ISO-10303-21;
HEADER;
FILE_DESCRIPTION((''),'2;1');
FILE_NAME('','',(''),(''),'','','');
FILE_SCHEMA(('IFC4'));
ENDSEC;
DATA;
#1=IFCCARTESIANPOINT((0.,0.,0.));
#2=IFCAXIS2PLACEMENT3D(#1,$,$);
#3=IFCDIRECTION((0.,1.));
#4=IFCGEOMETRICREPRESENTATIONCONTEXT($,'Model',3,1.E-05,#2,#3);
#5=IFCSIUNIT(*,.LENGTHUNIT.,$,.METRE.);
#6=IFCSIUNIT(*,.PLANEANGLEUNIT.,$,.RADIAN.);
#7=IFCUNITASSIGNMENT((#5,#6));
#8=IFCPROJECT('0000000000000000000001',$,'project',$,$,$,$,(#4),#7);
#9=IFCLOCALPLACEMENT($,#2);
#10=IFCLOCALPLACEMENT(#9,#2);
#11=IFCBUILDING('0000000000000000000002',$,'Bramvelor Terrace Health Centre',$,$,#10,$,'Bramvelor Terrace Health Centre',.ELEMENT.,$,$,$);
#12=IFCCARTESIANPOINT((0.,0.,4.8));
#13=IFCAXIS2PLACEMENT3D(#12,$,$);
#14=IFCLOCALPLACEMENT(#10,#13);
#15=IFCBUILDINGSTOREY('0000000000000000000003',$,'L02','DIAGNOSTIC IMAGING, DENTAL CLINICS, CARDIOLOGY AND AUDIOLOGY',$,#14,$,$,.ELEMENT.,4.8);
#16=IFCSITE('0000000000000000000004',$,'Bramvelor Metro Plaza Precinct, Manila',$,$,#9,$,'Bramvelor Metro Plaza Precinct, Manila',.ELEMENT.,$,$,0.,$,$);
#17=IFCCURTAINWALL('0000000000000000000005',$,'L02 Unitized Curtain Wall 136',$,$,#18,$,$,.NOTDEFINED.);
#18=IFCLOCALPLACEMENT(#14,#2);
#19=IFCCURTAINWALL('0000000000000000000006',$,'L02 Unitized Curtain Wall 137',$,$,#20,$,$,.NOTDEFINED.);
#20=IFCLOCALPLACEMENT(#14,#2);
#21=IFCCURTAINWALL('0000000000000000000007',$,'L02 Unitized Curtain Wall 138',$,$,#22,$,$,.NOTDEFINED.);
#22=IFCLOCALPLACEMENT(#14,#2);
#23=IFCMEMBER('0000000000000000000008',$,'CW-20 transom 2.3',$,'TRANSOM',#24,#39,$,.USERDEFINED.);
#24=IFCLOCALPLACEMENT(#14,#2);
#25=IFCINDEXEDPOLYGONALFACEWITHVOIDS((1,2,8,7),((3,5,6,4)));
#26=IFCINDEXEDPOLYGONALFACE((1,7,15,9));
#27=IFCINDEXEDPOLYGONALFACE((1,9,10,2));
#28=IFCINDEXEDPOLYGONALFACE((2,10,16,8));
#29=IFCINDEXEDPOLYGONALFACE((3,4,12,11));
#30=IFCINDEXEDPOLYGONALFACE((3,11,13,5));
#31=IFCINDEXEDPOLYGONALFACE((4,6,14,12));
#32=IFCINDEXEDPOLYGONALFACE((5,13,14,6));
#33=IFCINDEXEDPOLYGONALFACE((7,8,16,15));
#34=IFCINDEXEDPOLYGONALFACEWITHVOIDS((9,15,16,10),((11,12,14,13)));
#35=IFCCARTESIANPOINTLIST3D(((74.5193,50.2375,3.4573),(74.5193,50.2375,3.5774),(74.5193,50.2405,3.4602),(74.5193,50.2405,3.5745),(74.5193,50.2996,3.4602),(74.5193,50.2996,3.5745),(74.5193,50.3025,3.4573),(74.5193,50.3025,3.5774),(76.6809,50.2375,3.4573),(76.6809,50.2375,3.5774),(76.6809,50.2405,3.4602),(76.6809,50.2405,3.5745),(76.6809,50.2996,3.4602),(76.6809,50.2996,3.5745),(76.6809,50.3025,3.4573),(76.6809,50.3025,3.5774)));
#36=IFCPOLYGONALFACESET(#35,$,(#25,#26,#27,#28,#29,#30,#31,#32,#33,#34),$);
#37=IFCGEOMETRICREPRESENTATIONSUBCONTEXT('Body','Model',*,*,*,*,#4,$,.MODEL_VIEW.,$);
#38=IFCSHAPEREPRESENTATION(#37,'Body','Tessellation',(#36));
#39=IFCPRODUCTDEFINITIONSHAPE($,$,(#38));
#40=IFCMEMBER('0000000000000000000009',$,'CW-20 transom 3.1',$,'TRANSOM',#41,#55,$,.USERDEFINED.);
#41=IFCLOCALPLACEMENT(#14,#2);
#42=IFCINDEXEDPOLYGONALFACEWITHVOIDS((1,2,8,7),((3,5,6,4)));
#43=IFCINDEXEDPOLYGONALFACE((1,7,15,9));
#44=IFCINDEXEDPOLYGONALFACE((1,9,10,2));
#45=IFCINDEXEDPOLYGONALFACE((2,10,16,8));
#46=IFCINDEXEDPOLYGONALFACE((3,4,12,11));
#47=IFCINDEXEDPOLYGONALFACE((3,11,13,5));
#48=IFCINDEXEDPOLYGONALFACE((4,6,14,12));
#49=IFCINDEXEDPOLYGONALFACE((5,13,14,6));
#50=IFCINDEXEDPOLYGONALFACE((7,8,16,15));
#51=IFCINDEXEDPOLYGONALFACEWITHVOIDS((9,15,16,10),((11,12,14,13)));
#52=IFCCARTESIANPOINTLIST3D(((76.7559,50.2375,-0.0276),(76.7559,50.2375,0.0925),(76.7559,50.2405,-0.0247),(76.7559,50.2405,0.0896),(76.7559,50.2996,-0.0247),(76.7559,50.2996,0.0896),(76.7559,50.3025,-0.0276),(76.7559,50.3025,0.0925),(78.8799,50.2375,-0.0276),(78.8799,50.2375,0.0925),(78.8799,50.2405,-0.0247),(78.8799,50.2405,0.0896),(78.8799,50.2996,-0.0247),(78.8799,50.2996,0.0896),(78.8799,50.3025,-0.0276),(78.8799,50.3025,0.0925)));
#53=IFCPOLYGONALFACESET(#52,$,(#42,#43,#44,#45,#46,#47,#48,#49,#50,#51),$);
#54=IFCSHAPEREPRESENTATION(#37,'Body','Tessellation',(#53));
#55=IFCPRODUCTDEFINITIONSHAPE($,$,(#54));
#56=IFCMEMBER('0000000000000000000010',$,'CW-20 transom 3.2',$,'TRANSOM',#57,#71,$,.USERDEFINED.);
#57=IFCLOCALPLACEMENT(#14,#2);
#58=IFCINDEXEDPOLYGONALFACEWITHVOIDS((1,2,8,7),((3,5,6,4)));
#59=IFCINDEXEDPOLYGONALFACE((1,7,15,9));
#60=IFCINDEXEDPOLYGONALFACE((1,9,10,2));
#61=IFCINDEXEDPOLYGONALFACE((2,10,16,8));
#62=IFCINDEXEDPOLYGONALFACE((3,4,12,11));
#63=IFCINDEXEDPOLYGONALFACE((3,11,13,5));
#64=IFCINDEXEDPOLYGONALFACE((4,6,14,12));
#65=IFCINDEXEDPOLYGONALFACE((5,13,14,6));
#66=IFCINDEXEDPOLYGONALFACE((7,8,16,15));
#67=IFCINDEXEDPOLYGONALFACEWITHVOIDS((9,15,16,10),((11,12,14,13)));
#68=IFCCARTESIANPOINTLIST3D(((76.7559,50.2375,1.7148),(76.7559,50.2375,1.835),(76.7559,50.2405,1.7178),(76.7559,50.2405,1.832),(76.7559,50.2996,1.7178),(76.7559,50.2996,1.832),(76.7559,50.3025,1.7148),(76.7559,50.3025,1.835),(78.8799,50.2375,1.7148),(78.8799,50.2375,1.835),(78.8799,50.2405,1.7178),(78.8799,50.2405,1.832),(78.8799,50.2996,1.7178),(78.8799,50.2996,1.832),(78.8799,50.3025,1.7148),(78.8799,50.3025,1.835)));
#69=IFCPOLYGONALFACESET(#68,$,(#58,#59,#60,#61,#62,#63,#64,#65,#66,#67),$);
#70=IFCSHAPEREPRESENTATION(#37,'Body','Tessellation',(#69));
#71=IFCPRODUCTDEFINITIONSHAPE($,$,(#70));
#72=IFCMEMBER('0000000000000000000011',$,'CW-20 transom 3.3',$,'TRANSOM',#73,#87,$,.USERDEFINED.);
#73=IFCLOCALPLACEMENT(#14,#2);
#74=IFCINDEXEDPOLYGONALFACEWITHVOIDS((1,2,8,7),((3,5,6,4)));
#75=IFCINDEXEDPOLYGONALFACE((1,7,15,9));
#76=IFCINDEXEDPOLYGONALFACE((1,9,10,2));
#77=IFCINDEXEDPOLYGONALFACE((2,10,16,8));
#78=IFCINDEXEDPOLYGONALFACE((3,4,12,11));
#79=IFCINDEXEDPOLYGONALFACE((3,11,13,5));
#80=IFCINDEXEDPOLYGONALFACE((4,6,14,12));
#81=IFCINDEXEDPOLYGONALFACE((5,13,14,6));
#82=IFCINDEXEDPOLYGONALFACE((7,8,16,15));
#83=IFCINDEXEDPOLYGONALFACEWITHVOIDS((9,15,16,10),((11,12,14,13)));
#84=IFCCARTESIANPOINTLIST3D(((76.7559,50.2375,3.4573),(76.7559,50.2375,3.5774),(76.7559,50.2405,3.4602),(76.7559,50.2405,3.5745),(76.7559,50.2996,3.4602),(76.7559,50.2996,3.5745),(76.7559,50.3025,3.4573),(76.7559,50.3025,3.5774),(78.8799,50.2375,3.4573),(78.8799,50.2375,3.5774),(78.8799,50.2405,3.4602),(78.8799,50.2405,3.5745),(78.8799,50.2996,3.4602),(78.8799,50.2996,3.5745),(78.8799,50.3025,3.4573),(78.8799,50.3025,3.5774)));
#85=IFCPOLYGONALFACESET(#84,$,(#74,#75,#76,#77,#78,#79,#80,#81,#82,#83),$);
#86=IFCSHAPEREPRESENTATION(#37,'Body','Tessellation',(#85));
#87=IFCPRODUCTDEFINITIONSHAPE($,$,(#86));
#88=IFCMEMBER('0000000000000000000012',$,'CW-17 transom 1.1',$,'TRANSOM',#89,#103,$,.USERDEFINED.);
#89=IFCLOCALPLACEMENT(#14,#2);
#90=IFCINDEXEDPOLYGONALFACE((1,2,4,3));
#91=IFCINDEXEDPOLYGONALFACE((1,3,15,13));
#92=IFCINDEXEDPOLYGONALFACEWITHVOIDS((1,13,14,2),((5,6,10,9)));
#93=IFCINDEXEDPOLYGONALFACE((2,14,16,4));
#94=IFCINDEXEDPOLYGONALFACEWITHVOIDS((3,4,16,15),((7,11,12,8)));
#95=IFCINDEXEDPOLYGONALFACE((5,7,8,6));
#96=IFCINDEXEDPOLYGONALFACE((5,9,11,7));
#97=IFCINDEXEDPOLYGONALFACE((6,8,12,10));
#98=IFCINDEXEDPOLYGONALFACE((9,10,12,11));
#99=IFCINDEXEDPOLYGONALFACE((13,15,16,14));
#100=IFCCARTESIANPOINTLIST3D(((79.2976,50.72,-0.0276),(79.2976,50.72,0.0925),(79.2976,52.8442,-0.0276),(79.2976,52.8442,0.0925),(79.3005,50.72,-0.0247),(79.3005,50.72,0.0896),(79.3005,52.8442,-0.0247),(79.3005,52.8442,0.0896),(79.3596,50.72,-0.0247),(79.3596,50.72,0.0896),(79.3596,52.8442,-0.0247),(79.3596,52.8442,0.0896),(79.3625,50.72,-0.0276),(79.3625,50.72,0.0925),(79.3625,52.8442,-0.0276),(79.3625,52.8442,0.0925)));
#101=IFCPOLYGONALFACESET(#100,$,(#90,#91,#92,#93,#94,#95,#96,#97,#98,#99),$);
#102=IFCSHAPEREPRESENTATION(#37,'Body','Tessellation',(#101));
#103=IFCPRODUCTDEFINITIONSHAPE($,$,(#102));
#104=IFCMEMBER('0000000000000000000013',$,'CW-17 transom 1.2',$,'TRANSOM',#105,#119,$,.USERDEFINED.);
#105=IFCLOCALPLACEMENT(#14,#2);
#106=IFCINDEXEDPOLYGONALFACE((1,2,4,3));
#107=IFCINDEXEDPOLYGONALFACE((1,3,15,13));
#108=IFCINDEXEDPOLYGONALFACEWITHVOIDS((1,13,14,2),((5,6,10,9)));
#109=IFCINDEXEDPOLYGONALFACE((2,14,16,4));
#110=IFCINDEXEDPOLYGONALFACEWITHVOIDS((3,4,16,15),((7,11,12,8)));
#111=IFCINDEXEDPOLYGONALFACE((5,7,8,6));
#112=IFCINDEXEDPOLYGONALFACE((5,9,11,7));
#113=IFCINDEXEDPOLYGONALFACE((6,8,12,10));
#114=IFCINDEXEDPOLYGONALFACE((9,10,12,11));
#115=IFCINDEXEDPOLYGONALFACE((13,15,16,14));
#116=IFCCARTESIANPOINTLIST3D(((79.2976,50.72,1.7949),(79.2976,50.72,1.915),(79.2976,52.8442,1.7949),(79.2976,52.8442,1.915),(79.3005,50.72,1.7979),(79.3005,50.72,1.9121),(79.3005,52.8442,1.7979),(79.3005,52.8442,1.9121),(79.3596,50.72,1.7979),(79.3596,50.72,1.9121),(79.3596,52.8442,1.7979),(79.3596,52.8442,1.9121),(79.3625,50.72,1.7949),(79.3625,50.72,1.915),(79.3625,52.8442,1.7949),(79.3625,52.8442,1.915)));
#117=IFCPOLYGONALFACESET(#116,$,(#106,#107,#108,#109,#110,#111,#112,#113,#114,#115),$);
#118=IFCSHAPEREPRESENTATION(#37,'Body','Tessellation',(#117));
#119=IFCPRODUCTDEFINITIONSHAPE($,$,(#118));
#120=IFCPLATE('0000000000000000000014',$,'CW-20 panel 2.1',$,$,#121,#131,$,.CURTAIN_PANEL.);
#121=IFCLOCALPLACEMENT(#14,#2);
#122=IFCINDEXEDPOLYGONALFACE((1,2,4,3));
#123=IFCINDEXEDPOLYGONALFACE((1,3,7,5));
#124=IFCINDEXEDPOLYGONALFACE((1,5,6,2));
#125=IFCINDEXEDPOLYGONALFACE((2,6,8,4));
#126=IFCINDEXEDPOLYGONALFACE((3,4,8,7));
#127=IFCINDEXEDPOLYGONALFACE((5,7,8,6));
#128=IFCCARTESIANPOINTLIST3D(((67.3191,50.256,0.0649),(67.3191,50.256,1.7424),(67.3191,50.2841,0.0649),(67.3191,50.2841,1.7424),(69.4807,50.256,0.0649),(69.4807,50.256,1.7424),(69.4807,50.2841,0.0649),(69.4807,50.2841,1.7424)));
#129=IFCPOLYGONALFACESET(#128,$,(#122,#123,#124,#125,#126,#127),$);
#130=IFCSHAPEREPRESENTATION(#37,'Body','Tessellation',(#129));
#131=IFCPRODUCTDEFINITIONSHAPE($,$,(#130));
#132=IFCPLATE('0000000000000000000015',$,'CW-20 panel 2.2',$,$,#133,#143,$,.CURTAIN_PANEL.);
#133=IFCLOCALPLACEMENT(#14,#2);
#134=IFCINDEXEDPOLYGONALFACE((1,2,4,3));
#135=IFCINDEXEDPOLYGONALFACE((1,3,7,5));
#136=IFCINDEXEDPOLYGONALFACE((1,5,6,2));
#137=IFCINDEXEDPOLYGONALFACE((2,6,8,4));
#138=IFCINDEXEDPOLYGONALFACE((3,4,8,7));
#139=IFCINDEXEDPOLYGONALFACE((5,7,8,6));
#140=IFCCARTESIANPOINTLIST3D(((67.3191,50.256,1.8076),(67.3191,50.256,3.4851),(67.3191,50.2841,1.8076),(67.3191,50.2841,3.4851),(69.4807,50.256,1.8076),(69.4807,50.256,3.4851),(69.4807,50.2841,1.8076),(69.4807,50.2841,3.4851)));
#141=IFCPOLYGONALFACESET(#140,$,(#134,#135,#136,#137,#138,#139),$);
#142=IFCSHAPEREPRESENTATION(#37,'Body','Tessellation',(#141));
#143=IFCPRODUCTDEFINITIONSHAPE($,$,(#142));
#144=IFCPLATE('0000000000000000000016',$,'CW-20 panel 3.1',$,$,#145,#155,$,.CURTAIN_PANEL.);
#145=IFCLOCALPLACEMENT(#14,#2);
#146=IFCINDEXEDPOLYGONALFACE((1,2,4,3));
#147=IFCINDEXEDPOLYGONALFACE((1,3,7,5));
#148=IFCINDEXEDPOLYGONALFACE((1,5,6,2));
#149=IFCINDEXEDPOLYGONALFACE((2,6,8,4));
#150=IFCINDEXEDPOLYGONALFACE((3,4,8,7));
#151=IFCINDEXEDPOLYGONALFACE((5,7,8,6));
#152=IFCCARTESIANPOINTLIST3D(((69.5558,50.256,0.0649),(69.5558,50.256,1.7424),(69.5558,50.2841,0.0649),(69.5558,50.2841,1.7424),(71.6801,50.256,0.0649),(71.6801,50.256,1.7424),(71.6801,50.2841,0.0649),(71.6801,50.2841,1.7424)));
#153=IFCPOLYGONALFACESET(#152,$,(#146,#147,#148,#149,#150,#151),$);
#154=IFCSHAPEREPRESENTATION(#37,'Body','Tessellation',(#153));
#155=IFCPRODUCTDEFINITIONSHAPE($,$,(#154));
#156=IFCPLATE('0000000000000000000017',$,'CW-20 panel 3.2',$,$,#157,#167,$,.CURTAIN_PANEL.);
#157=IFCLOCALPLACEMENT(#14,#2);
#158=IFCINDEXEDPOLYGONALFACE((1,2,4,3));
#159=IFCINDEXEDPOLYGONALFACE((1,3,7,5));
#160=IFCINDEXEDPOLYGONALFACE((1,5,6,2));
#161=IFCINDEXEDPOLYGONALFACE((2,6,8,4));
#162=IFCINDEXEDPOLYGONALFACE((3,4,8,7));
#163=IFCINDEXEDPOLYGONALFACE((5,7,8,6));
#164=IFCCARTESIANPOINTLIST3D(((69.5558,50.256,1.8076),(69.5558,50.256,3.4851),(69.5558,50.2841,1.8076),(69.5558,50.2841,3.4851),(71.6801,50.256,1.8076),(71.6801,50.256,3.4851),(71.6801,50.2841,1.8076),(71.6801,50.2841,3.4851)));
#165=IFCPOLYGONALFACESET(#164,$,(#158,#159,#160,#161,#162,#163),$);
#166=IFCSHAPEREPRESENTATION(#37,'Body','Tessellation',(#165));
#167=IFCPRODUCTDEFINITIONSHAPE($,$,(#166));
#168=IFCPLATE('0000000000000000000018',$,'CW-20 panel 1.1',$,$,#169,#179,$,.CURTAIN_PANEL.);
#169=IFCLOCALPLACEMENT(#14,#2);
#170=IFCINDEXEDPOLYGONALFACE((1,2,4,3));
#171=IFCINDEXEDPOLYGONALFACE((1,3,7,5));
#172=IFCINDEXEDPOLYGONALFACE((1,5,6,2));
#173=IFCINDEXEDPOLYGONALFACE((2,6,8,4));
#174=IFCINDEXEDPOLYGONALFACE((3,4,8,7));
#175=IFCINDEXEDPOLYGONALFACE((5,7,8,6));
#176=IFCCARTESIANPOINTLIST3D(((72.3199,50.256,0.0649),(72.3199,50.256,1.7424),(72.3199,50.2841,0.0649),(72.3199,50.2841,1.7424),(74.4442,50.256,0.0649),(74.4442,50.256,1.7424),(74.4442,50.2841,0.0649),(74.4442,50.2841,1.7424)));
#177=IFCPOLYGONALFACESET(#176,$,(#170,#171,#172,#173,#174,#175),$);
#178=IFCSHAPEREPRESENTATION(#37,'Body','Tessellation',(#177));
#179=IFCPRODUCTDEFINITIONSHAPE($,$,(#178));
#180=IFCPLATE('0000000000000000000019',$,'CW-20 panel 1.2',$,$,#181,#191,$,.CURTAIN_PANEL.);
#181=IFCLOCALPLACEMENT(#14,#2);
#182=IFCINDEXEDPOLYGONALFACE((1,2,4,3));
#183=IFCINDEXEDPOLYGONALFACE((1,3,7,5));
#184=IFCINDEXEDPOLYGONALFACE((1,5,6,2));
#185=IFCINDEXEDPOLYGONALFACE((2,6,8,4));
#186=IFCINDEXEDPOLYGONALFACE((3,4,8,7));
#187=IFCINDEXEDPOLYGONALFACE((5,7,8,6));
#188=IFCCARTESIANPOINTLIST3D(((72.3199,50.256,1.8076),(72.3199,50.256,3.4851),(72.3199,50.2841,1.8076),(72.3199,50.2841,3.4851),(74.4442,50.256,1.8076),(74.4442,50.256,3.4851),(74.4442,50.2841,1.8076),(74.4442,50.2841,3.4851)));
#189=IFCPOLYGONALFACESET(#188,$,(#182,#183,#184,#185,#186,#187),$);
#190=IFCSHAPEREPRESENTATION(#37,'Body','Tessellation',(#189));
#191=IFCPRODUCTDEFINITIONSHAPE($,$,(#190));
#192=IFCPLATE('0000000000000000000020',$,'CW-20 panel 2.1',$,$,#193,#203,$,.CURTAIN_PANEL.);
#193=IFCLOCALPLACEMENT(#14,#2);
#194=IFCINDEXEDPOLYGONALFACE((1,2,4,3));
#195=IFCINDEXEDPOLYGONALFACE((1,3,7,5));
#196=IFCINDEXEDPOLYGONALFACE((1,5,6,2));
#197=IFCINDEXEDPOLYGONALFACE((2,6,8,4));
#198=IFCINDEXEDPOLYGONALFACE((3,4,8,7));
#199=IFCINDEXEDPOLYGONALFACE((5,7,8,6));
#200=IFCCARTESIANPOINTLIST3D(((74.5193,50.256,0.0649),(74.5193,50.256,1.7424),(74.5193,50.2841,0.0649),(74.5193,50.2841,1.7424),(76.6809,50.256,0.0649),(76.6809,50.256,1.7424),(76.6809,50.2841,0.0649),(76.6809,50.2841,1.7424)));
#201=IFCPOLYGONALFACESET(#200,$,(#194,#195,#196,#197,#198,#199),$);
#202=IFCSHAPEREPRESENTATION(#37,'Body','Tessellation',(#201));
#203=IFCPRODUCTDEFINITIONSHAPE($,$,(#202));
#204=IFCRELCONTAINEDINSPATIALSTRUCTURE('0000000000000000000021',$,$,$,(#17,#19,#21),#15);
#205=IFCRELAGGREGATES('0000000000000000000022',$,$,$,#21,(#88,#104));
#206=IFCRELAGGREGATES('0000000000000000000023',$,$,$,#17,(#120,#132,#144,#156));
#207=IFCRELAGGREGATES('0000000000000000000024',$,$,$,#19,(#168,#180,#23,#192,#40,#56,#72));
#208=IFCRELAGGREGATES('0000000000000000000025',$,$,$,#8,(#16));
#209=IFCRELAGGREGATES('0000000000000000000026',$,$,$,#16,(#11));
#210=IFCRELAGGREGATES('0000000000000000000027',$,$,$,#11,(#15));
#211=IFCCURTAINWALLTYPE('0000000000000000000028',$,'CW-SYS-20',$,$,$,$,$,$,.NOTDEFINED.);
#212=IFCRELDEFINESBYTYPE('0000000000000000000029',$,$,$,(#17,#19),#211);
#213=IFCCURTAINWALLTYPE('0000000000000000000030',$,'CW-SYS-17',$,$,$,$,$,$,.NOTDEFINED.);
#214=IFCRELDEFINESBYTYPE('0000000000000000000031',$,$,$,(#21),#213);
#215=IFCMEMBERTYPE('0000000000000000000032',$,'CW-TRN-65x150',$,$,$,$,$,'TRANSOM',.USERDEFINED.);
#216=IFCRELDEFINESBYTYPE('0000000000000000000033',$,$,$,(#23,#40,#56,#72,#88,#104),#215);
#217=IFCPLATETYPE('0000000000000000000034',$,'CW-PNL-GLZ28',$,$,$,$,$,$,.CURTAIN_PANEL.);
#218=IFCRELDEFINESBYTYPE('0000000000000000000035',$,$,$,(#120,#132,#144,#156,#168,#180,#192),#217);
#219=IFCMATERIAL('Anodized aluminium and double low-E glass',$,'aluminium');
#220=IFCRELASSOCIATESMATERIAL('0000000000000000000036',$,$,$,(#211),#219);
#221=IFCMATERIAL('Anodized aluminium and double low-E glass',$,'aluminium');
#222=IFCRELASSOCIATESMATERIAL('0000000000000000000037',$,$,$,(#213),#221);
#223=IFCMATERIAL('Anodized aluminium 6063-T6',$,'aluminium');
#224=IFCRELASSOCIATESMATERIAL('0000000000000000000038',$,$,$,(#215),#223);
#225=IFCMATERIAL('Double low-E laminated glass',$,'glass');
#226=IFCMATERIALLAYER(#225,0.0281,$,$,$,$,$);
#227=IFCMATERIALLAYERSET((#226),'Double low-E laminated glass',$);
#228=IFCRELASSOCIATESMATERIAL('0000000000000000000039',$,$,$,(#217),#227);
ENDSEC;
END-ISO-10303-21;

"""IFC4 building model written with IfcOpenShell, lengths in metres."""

from ifc_helpers import new_model, si_unit, direction, frame, origin, origin_2d, place, context, subcontext, project, spatial, rectangle, hollow_rectangle, extrude, material, layer, layer_set, material_profile, profile_set, type_object, element, aggregate, save


model = new_model("IFC4")

# Units and contexts
model_context = context("Model", 3, precision=1e-05, world=origin(), true_north=direction((0.0, 1.0)))
body_context = subcontext(model_context, "Body", "Model", "MODEL_VIEW")
ifc_project = project(units=[si_unit("LENGTHUNIT", "METRE"), si_unit("PLANEANGLEUNIT", "RADIAN")], contexts=[model_context])

# Site, building, storey
site_placement = place(None, origin())
site = spatial("IfcSite", under=ifc_project, at=site_placement, Name="Bramvelor Metro Plaza Precinct, Manila", LongName="Bramvelor Metro Plaza Precinct, Manila", CompositionType="ELEMENT", RefElevation=0.0)
building_placement = place(site_placement, origin())
building = spatial("IfcBuilding", under=site, at=building_placement, Name="Bramvelor Terrace Health Centre", LongName="Bramvelor Terrace Health Centre", CompositionType="ELEMENT")
storey_placement = place(building_placement, frame((0.0, 0.0, 4.8)))
storey = spatial("IfcBuildingStorey", under=building, at=storey_placement, Name="L02", Description="DIAGNOSTIC IMAGING, DENTAL CLINICS, CARDIOLOGY AND AUDIOLOGY", CompositionType="ELEMENT", Elevation=4.8)

# Curtain walls
ifc_material_1 = material(Name="Anodized aluminium and double low-E glass", Category="aluminium")
curtain_wall_type_1 = type_object("IfcCurtainWallType", Name="CW-SYS-20", PredefinedType="NOTDEFINED", material=ifc_material_1)
curtain_wall_1_placement = place(storey_placement, origin())
curtain_wall_1 = element("IfcCurtainWall", 1, at=curtain_wall_1_placement, inside=storey, type_object=curtain_wall_type_1, Name="L02 Unitized Curtain Wall 136", PredefinedType="NOTDEFINED")
curtain_wall_2_placement = place(storey_placement, origin())
curtain_wall_2 = element("IfcCurtainWall", 2, at=curtain_wall_2_placement, inside=storey, type_object=curtain_wall_type_1, Name="L02 Unitized Curtain Wall 137", PredefinedType="NOTDEFINED")

# Curtain wall
ifc_material_2 = material(Name="Anodized aluminium and double low-E glass", Category="aluminium")
curtain_wall_type_2 = type_object("IfcCurtainWallType", Name="CW-SYS-17", PredefinedType="NOTDEFINED", material=ifc_material_2)
curtain_wall_3_placement = place(storey_placement, origin())
curtain_wall_3 = element("IfcCurtainWall", 3, at=curtain_wall_3_placement, inside=storey, type_object=curtain_wall_type_2, Name="L02 Unitized Curtain Wall 138", PredefinedType="NOTDEFINED")

# Members
ifc_material_3 = material(Name="Anodized aluminium 6063-T6", Category="aluminium")
ifc_material_profile_1 = material_profile(ifc_material_3, hollow_rectangle(XDim=0.0649, YDim=0.1201, WallThickness=0.0029, at=origin_2d()), Name="ALU-TRN 65x120x3.0")
ifc_profile_set_1 = profile_set([ifc_material_profile_1], Name="Anodized aluminium 6063-T6")
member_type_1 = type_object("IfcMemberType", Name="CW-TRN-65x150", ElementType="TRANSOM", PredefinedType="USERDEFINED", material=ifc_profile_set_1)
member_1_placement = place(storey_placement, frame((74.5193, 50.27, 3.5173), z_axis=(1.0, 0.0, 0.0), x_axis=(0.0, 1.0, 0.0)))
member_1 = element("IfcMember", 4, at=member_1_placement, type_object=member_type_1, Name="CW-20 transom 2.3", ObjectType="TRANSOM", PredefinedType="USERDEFINED", context=body_context, shape_type="SweptSolid", body=[
    extrude(hollow_rectangle(XDim=0.0649, YDim=0.1201, WallThickness=0.0029, at=origin_2d()), origin(), (0.0, 0.0, 1.0), 2.1616),
])
member_2_placement = place(storey_placement, frame((76.7559, 50.27, 0.0325), z_axis=(1.0, 0.0, 0.0), x_axis=(0.0, 1.0, 0.0)))
member_2 = element("IfcMember", 5, at=member_2_placement, type_object=member_type_1, Name="CW-20 transom 3.1", ObjectType="TRANSOM", PredefinedType="USERDEFINED", context=body_context, shape_type="SweptSolid", body=[
    extrude(hollow_rectangle(XDim=0.0649, YDim=0.1201, WallThickness=0.0029, at=origin_2d()), origin(), (0.0, 0.0, 1.0), 2.124),
])
member_3_placement = place(storey_placement, frame((76.7559, 50.27, 1.7749), z_axis=(1.0, 0.0, 0.0), x_axis=(0.0, 1.0, 0.0)))
member_3 = element("IfcMember", 6, at=member_3_placement, type_object=member_type_1, Name="CW-20 transom 3.2", ObjectType="TRANSOM", PredefinedType="USERDEFINED", context=body_context, shape_type="SweptSolid", body=[
    extrude(hollow_rectangle(XDim=0.0649, YDim=0.1201, WallThickness=0.0029, at=origin_2d()), origin(), (0.0, 0.0, 1.0), 2.124),
])
member_4_placement = place(storey_placement, frame((76.7559, 50.27, 3.5173), z_axis=(1.0, 0.0, 0.0), x_axis=(0.0, 1.0, 0.0)))
member_4 = element("IfcMember", 7, at=member_4_placement, type_object=member_type_1, Name="CW-20 transom 3.3", ObjectType="TRANSOM", PredefinedType="USERDEFINED", context=body_context, shape_type="SweptSolid", body=[
    extrude(hollow_rectangle(XDim=0.0649, YDim=0.1201, WallThickness=0.0029, at=origin_2d()), origin(), (0.0, 0.0, 1.0), 2.124),
])
member_5_placement = place(storey_placement, frame((79.3301, 50.72, 0.0325), z_axis=(0.0, 1.0, 0.0), x_axis=(-1.0, 0.0, 0.0)))
member_5 = element("IfcMember", 8, at=member_5_placement, type_object=member_type_1, Name="CW-17 transom 1.1", ObjectType="TRANSOM", PredefinedType="USERDEFINED", context=body_context, shape_type="SweptSolid", body=[
    extrude(hollow_rectangle(XDim=0.0649, YDim=0.1201, WallThickness=0.0029, at=origin_2d()), origin(), (0.0, 0.0, 1.0), 2.1243),
])
member_6_placement = place(storey_placement, frame((79.3301, 50.72, 1.855), z_axis=(0.0, 1.0, 0.0), x_axis=(-1.0, 0.0, 0.0)))
member_6 = element("IfcMember", 9, at=member_6_placement, type_object=member_type_1, Name="CW-17 transom 1.2", ObjectType="TRANSOM", PredefinedType="USERDEFINED", context=body_context, shape_type="SweptSolid", body=[
    extrude(hollow_rectangle(XDim=0.0649, YDim=0.1201, WallThickness=0.0029, at=origin_2d()), origin(), (0.0, 0.0, 1.0), 2.1243),
])
aggregate(curtain_wall_3, [member_5, member_6])

# Plates
ifc_material_4 = material(Name="Double low-E laminated glass", Category="glass")
ifc_layer = layer(ifc_material_4, 0.0281)
ifc_layer_set = layer_set([ifc_layer], Name="Double low-E laminated glass")
plate_type = type_object("IfcPlateType", Name="CW-PNL-GLZ28", PredefinedType="CURTAIN_PANEL", material=ifc_layer_set)
plate_1_placement = place(storey_placement, frame((68.3999, 50.27, 0.0649), z_axis=(0.0, 0.0, 1.0), x_axis=(1.0, 0.0, 0.0)))
plate_1 = element("IfcPlate", 10, at=plate_1_placement, type_object=plate_type, Name="CW-20 panel 2.1", PredefinedType="CURTAIN_PANEL", context=body_context, shape_type="SweptSolid", body=[
    extrude(rectangle(XDim=2.1616, YDim=0.0281, at=origin_2d()), origin(), (0.0, 0.0, 1.0), 1.6775),
])
plate_2_placement = place(storey_placement, frame((68.3999, 50.27, 1.8076), z_axis=(0.0, 0.0, 1.0), x_axis=(1.0, 0.0, 0.0)))
plate_2 = element("IfcPlate", 11, at=plate_2_placement, type_object=plate_type, Name="CW-20 panel 2.2", PredefinedType="CURTAIN_PANEL", context=body_context, shape_type="SweptSolid", body=[
    extrude(rectangle(XDim=2.1616, YDim=0.0281, at=origin_2d()), origin(), (0.0, 0.0, 1.0), 1.6775),
])
plate_3_placement = place(storey_placement, frame((70.6179, 50.27, 0.0649), z_axis=(0.0, 0.0, 1.0), x_axis=(1.0, 0.0, 0.0)))
plate_3 = element("IfcPlate", 12, at=plate_3_placement, type_object=plate_type, Name="CW-20 panel 3.1", PredefinedType="CURTAIN_PANEL", context=body_context, shape_type="SweptSolid", body=[
    extrude(rectangle(XDim=2.1243, YDim=0.0281, at=origin_2d()), origin(), (0.0, 0.0, 1.0), 1.6775),
])
plate_4_placement = place(storey_placement, frame((70.6179, 50.27, 1.8076), z_axis=(0.0, 0.0, 1.0), x_axis=(1.0, 0.0, 0.0)))
plate_4 = element("IfcPlate", 13, at=plate_4_placement, type_object=plate_type, Name="CW-20 panel 3.2", PredefinedType="CURTAIN_PANEL", context=body_context, shape_type="SweptSolid", body=[
    extrude(rectangle(XDim=2.1243, YDim=0.0281, at=origin_2d()), origin(), (0.0, 0.0, 1.0), 1.6775),
])
aggregate(curtain_wall_1, [plate_1, plate_2, plate_3, plate_4])
plate_5_placement = place(storey_placement, frame((73.3821, 50.27, 0.0649), z_axis=(0.0, 0.0, 1.0), x_axis=(1.0, 0.0, 0.0)))
plate_5 = element("IfcPlate", 14, at=plate_5_placement, type_object=plate_type, Name="CW-20 panel 1.1", PredefinedType="CURTAIN_PANEL", context=body_context, shape_type="SweptSolid", body=[
    extrude(rectangle(XDim=2.1243, YDim=0.0281, at=origin_2d()), origin(), (0.0, 0.0, 1.0), 1.6775),
])
plate_6_placement = place(storey_placement, frame((73.3821, 50.27, 1.8076), z_axis=(0.0, 0.0, 1.0), x_axis=(1.0, 0.0, 0.0)))
plate_6 = element("IfcPlate", 15, at=plate_6_placement, type_object=plate_type, Name="CW-20 panel 1.2", PredefinedType="CURTAIN_PANEL", context=body_context, shape_type="SweptSolid", body=[
    extrude(rectangle(XDim=2.1243, YDim=0.0281, at=origin_2d()), origin(), (0.0, 0.0, 1.0), 1.6775),
])
plate_7_placement = place(storey_placement, frame((75.6001, 50.27, 0.0649), z_axis=(0.0, 0.0, 1.0), x_axis=(1.0, 0.0, 0.0)))
plate_7 = element("IfcPlate", 16, at=plate_7_placement, type_object=plate_type, Name="CW-20 panel 2.1", PredefinedType="CURTAIN_PANEL", context=body_context, shape_type="SweptSolid", body=[
    extrude(rectangle(XDim=2.1616, YDim=0.0281, at=origin_2d()), origin(), (0.0, 0.0, 1.0), 1.6775),
])
aggregate(curtain_wall_2, [plate_5, plate_6, member_1, plate_7, member_2, member_3, member_4])

save(model, "model.ifc")
